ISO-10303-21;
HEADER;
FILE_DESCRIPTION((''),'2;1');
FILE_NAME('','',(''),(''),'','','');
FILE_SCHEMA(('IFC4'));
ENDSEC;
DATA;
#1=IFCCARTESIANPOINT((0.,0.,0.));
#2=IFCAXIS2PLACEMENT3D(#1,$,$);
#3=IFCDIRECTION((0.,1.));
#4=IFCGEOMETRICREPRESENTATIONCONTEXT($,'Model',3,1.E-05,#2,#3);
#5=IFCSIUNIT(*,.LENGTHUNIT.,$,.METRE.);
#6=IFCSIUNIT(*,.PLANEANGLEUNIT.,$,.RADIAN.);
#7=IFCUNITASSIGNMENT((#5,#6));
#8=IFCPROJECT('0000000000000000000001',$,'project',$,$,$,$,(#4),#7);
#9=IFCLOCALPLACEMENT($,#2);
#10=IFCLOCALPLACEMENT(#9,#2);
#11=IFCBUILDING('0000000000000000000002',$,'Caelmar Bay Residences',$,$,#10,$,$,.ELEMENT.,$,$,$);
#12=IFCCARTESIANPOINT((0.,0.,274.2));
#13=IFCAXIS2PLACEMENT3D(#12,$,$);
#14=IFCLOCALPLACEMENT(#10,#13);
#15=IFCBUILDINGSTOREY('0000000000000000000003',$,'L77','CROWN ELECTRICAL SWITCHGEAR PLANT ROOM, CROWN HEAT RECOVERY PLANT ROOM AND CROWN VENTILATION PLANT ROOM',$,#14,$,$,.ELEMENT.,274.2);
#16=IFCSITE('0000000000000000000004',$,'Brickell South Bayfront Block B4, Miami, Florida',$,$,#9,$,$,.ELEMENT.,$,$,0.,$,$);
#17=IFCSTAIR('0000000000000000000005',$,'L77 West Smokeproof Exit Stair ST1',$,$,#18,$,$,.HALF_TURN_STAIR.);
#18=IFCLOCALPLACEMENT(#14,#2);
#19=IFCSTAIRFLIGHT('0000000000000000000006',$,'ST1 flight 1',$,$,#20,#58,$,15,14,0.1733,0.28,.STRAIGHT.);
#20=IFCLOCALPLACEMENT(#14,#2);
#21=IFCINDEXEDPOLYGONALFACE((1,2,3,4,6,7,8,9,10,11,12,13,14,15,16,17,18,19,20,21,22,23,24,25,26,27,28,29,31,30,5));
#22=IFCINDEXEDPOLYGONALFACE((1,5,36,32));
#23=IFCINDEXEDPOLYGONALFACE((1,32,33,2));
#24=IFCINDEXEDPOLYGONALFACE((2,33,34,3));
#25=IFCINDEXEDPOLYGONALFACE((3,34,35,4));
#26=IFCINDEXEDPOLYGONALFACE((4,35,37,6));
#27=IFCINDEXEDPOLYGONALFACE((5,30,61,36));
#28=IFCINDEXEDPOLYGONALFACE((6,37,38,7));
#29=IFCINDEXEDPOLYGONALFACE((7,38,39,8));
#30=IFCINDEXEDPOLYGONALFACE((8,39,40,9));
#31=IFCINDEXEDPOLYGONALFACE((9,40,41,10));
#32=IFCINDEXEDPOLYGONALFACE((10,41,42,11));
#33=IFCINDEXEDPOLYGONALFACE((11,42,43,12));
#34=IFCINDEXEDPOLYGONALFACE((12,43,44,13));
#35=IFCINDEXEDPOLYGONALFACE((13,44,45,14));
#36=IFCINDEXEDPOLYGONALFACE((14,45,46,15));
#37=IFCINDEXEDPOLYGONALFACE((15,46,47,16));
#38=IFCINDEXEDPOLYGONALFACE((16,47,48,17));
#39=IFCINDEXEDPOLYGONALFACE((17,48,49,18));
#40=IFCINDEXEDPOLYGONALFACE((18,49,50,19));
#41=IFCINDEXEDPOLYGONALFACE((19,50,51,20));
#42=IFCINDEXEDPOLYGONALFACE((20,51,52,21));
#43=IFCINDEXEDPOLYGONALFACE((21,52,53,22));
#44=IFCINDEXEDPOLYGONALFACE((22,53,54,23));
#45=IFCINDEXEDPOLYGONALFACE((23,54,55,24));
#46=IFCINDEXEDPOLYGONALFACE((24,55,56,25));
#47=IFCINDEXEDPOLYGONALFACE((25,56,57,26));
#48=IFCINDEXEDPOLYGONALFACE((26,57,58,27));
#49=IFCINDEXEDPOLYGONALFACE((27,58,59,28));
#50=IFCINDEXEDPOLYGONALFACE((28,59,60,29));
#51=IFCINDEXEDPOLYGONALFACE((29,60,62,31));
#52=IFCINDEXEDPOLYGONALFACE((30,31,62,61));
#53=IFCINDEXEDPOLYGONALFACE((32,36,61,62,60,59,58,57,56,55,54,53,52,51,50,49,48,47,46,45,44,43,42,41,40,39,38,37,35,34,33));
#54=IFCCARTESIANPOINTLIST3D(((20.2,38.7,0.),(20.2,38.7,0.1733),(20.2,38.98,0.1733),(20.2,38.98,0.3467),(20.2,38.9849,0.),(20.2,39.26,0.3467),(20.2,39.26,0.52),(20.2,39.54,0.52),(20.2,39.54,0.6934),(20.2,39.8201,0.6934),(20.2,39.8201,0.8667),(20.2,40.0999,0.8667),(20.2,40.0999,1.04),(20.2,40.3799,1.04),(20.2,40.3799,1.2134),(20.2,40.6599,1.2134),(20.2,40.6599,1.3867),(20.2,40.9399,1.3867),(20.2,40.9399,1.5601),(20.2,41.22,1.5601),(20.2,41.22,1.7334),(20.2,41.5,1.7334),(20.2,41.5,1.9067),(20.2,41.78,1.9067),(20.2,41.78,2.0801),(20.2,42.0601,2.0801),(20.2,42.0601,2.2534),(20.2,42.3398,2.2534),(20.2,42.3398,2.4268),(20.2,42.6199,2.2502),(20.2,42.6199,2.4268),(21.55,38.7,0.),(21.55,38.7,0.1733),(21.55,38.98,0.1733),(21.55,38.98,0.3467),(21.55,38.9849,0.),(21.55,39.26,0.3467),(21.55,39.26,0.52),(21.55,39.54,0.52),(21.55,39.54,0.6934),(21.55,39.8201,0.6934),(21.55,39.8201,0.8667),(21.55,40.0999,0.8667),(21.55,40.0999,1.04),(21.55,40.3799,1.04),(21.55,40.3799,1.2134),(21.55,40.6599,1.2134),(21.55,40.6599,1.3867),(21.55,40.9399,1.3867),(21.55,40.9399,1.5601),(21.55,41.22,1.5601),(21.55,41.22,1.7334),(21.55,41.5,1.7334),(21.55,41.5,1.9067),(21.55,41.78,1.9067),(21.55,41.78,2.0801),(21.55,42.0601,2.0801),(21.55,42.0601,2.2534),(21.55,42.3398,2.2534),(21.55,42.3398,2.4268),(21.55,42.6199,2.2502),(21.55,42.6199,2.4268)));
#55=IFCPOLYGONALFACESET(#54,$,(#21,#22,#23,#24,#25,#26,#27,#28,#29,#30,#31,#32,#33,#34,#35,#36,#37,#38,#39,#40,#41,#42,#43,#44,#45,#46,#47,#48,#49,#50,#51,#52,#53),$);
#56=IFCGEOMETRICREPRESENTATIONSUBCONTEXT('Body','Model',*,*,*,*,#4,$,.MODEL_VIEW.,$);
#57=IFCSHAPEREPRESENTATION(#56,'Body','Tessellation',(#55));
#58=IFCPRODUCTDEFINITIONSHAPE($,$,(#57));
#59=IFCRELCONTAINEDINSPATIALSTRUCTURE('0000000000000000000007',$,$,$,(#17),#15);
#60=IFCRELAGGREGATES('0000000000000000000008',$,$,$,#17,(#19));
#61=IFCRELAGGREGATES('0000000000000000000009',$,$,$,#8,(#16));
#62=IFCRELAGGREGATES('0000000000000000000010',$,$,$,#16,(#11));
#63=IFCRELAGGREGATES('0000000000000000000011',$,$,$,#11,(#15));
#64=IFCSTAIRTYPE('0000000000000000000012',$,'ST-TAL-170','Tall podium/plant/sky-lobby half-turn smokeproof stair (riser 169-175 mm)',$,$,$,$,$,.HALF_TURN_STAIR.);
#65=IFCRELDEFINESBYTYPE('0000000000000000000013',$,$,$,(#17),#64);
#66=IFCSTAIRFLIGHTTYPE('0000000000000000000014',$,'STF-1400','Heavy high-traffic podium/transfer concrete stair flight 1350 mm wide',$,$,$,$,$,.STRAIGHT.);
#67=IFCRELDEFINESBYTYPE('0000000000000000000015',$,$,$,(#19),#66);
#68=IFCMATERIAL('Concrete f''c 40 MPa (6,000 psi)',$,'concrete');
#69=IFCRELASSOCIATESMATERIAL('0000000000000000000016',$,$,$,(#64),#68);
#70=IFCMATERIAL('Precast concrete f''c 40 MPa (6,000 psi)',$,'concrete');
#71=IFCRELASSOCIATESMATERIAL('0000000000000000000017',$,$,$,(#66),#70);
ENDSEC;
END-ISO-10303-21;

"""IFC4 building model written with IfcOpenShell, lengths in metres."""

from ifc_helpers import new_model, si_unit, direction, frame, origin, place, context, subcontext, project, spatial, polyline, outline, extrude, material, type_object, element, aggregate, save


model = new_model("IFC4")

# Units and contexts
model_context = context("Model", 3, precision=1e-05, world=origin(), true_north=direction((0.0, 1.0)))
body_context = subcontext(model_context, "Body", "Model", "MODEL_VIEW")
ifc_project = project(units=[si_unit("LENGTHUNIT", "METRE"), si_unit("PLANEANGLEUNIT", "RADIAN")], contexts=[model_context])

# Site, building, storey
site_placement = place(None, origin())
site = spatial("IfcSite", under=ifc_project, at=site_placement, Name="Brickell South Bayfront Block B4, Miami, Florida", CompositionType="ELEMENT", RefElevation=0.0)
building_placement = place(site_placement, origin())
building = spatial("IfcBuilding", under=site, at=building_placement, Name="Caelmar Bay Residences", CompositionType="ELEMENT")
storey_placement = place(building_placement, frame((0.0, 0.0, 274.2)))
storey = spatial("IfcBuildingStorey", under=building, at=storey_placement, Name="L77", Description="CROWN ELECTRICAL SWITCHGEAR PLANT ROOM, CROWN HEAT RECOVERY PLANT ROOM AND CROWN VENTILATION PLANT ROOM", CompositionType="ELEMENT", Elevation=274.2)

# Stair, stair flight
ifc_material_1 = material(Name="Concrete f'c 40 MPa (6,000 psi)", Category="concrete")
stair_type = type_object("IfcStairType", Name="ST-TAL-170", Description="Tall podium/plant/sky-lobby half-turn smokeproof stair (riser 169-175 mm)", PredefinedType="HALF_TURN_STAIR", material=ifc_material_1)
stair_placement = place(storey_placement, origin())
stair = element("IfcStair", 1, at=stair_placement, inside=storey, type_object=stair_type, Name="L77 West Smokeproof Exit Stair ST1", PredefinedType="HALF_TURN_STAIR")
ifc_material_2 = material(Name="Precast concrete f'c 40 MPa (6,000 psi)", Category="concrete")
stair_flight_type = type_object("IfcStairFlightType", Name="STF-1400", Description="Heavy high-traffic podium/transfer concrete stair flight 1350 mm wide", PredefinedType="STRAIGHT", material=ifc_material_2)
stair_flight_placement = place(storey_placement, frame((20.875, 38.7, 0.0), z_axis=(0.0, 0.0, 1.0), x_axis=(0.0, 1.0, 0.0)))
stair_flight = element("IfcStairFlight", 2, at=stair_flight_placement, type_object=stair_flight_type, Name="ST1 flight 1", NumberOfRisers=15, NumberOfTreads=14, PredefinedType="STRAIGHT", RiserHeight=0.1733, TreadLength=0.28, context=body_context, shape_type="SweptSolid", body=[
    extrude(outline(polyline([(0.0, 0.0), (0.0, 0.1733), (0.28, 0.1733), (0.28, 0.3467), (0.5601, 0.3467), (0.5601, 0.52), (0.8401, 0.52), (0.8401, 0.6934), (1.1201, 0.6934), (1.1201, 0.8667), (1.3999, 0.8667), (1.3999, 1.04), (1.6799, 1.04), (1.6799, 1.2134), (1.96, 1.2134), (1.96, 1.3867), (2.24, 1.3867), (2.24, 1.5601), (2.52, 1.5601), (2.52, 1.7334), (2.8, 1.7334), (2.8, 1.9067), (3.0801, 1.9067), (3.0801, 2.0801), (3.3601, 2.0801), (3.3601, 2.2534), (3.6399, 2.2534), (3.6399, 2.4268), (3.9199, 2.4268), (3.9199, 2.6001), (3.9199, 2.2502), (0.2849, 0.0), (0.0, 0.0)])), frame((0.0, 0.675, 0.0), z_axis=(0.0, -1.0, 0.0), x_axis=(1.0, 0.0, 0.0)), (0.0, 0.0, 1.0), 1.3501),
])
aggregate(stair, [stair_flight])

save(model, "model.ifc")
